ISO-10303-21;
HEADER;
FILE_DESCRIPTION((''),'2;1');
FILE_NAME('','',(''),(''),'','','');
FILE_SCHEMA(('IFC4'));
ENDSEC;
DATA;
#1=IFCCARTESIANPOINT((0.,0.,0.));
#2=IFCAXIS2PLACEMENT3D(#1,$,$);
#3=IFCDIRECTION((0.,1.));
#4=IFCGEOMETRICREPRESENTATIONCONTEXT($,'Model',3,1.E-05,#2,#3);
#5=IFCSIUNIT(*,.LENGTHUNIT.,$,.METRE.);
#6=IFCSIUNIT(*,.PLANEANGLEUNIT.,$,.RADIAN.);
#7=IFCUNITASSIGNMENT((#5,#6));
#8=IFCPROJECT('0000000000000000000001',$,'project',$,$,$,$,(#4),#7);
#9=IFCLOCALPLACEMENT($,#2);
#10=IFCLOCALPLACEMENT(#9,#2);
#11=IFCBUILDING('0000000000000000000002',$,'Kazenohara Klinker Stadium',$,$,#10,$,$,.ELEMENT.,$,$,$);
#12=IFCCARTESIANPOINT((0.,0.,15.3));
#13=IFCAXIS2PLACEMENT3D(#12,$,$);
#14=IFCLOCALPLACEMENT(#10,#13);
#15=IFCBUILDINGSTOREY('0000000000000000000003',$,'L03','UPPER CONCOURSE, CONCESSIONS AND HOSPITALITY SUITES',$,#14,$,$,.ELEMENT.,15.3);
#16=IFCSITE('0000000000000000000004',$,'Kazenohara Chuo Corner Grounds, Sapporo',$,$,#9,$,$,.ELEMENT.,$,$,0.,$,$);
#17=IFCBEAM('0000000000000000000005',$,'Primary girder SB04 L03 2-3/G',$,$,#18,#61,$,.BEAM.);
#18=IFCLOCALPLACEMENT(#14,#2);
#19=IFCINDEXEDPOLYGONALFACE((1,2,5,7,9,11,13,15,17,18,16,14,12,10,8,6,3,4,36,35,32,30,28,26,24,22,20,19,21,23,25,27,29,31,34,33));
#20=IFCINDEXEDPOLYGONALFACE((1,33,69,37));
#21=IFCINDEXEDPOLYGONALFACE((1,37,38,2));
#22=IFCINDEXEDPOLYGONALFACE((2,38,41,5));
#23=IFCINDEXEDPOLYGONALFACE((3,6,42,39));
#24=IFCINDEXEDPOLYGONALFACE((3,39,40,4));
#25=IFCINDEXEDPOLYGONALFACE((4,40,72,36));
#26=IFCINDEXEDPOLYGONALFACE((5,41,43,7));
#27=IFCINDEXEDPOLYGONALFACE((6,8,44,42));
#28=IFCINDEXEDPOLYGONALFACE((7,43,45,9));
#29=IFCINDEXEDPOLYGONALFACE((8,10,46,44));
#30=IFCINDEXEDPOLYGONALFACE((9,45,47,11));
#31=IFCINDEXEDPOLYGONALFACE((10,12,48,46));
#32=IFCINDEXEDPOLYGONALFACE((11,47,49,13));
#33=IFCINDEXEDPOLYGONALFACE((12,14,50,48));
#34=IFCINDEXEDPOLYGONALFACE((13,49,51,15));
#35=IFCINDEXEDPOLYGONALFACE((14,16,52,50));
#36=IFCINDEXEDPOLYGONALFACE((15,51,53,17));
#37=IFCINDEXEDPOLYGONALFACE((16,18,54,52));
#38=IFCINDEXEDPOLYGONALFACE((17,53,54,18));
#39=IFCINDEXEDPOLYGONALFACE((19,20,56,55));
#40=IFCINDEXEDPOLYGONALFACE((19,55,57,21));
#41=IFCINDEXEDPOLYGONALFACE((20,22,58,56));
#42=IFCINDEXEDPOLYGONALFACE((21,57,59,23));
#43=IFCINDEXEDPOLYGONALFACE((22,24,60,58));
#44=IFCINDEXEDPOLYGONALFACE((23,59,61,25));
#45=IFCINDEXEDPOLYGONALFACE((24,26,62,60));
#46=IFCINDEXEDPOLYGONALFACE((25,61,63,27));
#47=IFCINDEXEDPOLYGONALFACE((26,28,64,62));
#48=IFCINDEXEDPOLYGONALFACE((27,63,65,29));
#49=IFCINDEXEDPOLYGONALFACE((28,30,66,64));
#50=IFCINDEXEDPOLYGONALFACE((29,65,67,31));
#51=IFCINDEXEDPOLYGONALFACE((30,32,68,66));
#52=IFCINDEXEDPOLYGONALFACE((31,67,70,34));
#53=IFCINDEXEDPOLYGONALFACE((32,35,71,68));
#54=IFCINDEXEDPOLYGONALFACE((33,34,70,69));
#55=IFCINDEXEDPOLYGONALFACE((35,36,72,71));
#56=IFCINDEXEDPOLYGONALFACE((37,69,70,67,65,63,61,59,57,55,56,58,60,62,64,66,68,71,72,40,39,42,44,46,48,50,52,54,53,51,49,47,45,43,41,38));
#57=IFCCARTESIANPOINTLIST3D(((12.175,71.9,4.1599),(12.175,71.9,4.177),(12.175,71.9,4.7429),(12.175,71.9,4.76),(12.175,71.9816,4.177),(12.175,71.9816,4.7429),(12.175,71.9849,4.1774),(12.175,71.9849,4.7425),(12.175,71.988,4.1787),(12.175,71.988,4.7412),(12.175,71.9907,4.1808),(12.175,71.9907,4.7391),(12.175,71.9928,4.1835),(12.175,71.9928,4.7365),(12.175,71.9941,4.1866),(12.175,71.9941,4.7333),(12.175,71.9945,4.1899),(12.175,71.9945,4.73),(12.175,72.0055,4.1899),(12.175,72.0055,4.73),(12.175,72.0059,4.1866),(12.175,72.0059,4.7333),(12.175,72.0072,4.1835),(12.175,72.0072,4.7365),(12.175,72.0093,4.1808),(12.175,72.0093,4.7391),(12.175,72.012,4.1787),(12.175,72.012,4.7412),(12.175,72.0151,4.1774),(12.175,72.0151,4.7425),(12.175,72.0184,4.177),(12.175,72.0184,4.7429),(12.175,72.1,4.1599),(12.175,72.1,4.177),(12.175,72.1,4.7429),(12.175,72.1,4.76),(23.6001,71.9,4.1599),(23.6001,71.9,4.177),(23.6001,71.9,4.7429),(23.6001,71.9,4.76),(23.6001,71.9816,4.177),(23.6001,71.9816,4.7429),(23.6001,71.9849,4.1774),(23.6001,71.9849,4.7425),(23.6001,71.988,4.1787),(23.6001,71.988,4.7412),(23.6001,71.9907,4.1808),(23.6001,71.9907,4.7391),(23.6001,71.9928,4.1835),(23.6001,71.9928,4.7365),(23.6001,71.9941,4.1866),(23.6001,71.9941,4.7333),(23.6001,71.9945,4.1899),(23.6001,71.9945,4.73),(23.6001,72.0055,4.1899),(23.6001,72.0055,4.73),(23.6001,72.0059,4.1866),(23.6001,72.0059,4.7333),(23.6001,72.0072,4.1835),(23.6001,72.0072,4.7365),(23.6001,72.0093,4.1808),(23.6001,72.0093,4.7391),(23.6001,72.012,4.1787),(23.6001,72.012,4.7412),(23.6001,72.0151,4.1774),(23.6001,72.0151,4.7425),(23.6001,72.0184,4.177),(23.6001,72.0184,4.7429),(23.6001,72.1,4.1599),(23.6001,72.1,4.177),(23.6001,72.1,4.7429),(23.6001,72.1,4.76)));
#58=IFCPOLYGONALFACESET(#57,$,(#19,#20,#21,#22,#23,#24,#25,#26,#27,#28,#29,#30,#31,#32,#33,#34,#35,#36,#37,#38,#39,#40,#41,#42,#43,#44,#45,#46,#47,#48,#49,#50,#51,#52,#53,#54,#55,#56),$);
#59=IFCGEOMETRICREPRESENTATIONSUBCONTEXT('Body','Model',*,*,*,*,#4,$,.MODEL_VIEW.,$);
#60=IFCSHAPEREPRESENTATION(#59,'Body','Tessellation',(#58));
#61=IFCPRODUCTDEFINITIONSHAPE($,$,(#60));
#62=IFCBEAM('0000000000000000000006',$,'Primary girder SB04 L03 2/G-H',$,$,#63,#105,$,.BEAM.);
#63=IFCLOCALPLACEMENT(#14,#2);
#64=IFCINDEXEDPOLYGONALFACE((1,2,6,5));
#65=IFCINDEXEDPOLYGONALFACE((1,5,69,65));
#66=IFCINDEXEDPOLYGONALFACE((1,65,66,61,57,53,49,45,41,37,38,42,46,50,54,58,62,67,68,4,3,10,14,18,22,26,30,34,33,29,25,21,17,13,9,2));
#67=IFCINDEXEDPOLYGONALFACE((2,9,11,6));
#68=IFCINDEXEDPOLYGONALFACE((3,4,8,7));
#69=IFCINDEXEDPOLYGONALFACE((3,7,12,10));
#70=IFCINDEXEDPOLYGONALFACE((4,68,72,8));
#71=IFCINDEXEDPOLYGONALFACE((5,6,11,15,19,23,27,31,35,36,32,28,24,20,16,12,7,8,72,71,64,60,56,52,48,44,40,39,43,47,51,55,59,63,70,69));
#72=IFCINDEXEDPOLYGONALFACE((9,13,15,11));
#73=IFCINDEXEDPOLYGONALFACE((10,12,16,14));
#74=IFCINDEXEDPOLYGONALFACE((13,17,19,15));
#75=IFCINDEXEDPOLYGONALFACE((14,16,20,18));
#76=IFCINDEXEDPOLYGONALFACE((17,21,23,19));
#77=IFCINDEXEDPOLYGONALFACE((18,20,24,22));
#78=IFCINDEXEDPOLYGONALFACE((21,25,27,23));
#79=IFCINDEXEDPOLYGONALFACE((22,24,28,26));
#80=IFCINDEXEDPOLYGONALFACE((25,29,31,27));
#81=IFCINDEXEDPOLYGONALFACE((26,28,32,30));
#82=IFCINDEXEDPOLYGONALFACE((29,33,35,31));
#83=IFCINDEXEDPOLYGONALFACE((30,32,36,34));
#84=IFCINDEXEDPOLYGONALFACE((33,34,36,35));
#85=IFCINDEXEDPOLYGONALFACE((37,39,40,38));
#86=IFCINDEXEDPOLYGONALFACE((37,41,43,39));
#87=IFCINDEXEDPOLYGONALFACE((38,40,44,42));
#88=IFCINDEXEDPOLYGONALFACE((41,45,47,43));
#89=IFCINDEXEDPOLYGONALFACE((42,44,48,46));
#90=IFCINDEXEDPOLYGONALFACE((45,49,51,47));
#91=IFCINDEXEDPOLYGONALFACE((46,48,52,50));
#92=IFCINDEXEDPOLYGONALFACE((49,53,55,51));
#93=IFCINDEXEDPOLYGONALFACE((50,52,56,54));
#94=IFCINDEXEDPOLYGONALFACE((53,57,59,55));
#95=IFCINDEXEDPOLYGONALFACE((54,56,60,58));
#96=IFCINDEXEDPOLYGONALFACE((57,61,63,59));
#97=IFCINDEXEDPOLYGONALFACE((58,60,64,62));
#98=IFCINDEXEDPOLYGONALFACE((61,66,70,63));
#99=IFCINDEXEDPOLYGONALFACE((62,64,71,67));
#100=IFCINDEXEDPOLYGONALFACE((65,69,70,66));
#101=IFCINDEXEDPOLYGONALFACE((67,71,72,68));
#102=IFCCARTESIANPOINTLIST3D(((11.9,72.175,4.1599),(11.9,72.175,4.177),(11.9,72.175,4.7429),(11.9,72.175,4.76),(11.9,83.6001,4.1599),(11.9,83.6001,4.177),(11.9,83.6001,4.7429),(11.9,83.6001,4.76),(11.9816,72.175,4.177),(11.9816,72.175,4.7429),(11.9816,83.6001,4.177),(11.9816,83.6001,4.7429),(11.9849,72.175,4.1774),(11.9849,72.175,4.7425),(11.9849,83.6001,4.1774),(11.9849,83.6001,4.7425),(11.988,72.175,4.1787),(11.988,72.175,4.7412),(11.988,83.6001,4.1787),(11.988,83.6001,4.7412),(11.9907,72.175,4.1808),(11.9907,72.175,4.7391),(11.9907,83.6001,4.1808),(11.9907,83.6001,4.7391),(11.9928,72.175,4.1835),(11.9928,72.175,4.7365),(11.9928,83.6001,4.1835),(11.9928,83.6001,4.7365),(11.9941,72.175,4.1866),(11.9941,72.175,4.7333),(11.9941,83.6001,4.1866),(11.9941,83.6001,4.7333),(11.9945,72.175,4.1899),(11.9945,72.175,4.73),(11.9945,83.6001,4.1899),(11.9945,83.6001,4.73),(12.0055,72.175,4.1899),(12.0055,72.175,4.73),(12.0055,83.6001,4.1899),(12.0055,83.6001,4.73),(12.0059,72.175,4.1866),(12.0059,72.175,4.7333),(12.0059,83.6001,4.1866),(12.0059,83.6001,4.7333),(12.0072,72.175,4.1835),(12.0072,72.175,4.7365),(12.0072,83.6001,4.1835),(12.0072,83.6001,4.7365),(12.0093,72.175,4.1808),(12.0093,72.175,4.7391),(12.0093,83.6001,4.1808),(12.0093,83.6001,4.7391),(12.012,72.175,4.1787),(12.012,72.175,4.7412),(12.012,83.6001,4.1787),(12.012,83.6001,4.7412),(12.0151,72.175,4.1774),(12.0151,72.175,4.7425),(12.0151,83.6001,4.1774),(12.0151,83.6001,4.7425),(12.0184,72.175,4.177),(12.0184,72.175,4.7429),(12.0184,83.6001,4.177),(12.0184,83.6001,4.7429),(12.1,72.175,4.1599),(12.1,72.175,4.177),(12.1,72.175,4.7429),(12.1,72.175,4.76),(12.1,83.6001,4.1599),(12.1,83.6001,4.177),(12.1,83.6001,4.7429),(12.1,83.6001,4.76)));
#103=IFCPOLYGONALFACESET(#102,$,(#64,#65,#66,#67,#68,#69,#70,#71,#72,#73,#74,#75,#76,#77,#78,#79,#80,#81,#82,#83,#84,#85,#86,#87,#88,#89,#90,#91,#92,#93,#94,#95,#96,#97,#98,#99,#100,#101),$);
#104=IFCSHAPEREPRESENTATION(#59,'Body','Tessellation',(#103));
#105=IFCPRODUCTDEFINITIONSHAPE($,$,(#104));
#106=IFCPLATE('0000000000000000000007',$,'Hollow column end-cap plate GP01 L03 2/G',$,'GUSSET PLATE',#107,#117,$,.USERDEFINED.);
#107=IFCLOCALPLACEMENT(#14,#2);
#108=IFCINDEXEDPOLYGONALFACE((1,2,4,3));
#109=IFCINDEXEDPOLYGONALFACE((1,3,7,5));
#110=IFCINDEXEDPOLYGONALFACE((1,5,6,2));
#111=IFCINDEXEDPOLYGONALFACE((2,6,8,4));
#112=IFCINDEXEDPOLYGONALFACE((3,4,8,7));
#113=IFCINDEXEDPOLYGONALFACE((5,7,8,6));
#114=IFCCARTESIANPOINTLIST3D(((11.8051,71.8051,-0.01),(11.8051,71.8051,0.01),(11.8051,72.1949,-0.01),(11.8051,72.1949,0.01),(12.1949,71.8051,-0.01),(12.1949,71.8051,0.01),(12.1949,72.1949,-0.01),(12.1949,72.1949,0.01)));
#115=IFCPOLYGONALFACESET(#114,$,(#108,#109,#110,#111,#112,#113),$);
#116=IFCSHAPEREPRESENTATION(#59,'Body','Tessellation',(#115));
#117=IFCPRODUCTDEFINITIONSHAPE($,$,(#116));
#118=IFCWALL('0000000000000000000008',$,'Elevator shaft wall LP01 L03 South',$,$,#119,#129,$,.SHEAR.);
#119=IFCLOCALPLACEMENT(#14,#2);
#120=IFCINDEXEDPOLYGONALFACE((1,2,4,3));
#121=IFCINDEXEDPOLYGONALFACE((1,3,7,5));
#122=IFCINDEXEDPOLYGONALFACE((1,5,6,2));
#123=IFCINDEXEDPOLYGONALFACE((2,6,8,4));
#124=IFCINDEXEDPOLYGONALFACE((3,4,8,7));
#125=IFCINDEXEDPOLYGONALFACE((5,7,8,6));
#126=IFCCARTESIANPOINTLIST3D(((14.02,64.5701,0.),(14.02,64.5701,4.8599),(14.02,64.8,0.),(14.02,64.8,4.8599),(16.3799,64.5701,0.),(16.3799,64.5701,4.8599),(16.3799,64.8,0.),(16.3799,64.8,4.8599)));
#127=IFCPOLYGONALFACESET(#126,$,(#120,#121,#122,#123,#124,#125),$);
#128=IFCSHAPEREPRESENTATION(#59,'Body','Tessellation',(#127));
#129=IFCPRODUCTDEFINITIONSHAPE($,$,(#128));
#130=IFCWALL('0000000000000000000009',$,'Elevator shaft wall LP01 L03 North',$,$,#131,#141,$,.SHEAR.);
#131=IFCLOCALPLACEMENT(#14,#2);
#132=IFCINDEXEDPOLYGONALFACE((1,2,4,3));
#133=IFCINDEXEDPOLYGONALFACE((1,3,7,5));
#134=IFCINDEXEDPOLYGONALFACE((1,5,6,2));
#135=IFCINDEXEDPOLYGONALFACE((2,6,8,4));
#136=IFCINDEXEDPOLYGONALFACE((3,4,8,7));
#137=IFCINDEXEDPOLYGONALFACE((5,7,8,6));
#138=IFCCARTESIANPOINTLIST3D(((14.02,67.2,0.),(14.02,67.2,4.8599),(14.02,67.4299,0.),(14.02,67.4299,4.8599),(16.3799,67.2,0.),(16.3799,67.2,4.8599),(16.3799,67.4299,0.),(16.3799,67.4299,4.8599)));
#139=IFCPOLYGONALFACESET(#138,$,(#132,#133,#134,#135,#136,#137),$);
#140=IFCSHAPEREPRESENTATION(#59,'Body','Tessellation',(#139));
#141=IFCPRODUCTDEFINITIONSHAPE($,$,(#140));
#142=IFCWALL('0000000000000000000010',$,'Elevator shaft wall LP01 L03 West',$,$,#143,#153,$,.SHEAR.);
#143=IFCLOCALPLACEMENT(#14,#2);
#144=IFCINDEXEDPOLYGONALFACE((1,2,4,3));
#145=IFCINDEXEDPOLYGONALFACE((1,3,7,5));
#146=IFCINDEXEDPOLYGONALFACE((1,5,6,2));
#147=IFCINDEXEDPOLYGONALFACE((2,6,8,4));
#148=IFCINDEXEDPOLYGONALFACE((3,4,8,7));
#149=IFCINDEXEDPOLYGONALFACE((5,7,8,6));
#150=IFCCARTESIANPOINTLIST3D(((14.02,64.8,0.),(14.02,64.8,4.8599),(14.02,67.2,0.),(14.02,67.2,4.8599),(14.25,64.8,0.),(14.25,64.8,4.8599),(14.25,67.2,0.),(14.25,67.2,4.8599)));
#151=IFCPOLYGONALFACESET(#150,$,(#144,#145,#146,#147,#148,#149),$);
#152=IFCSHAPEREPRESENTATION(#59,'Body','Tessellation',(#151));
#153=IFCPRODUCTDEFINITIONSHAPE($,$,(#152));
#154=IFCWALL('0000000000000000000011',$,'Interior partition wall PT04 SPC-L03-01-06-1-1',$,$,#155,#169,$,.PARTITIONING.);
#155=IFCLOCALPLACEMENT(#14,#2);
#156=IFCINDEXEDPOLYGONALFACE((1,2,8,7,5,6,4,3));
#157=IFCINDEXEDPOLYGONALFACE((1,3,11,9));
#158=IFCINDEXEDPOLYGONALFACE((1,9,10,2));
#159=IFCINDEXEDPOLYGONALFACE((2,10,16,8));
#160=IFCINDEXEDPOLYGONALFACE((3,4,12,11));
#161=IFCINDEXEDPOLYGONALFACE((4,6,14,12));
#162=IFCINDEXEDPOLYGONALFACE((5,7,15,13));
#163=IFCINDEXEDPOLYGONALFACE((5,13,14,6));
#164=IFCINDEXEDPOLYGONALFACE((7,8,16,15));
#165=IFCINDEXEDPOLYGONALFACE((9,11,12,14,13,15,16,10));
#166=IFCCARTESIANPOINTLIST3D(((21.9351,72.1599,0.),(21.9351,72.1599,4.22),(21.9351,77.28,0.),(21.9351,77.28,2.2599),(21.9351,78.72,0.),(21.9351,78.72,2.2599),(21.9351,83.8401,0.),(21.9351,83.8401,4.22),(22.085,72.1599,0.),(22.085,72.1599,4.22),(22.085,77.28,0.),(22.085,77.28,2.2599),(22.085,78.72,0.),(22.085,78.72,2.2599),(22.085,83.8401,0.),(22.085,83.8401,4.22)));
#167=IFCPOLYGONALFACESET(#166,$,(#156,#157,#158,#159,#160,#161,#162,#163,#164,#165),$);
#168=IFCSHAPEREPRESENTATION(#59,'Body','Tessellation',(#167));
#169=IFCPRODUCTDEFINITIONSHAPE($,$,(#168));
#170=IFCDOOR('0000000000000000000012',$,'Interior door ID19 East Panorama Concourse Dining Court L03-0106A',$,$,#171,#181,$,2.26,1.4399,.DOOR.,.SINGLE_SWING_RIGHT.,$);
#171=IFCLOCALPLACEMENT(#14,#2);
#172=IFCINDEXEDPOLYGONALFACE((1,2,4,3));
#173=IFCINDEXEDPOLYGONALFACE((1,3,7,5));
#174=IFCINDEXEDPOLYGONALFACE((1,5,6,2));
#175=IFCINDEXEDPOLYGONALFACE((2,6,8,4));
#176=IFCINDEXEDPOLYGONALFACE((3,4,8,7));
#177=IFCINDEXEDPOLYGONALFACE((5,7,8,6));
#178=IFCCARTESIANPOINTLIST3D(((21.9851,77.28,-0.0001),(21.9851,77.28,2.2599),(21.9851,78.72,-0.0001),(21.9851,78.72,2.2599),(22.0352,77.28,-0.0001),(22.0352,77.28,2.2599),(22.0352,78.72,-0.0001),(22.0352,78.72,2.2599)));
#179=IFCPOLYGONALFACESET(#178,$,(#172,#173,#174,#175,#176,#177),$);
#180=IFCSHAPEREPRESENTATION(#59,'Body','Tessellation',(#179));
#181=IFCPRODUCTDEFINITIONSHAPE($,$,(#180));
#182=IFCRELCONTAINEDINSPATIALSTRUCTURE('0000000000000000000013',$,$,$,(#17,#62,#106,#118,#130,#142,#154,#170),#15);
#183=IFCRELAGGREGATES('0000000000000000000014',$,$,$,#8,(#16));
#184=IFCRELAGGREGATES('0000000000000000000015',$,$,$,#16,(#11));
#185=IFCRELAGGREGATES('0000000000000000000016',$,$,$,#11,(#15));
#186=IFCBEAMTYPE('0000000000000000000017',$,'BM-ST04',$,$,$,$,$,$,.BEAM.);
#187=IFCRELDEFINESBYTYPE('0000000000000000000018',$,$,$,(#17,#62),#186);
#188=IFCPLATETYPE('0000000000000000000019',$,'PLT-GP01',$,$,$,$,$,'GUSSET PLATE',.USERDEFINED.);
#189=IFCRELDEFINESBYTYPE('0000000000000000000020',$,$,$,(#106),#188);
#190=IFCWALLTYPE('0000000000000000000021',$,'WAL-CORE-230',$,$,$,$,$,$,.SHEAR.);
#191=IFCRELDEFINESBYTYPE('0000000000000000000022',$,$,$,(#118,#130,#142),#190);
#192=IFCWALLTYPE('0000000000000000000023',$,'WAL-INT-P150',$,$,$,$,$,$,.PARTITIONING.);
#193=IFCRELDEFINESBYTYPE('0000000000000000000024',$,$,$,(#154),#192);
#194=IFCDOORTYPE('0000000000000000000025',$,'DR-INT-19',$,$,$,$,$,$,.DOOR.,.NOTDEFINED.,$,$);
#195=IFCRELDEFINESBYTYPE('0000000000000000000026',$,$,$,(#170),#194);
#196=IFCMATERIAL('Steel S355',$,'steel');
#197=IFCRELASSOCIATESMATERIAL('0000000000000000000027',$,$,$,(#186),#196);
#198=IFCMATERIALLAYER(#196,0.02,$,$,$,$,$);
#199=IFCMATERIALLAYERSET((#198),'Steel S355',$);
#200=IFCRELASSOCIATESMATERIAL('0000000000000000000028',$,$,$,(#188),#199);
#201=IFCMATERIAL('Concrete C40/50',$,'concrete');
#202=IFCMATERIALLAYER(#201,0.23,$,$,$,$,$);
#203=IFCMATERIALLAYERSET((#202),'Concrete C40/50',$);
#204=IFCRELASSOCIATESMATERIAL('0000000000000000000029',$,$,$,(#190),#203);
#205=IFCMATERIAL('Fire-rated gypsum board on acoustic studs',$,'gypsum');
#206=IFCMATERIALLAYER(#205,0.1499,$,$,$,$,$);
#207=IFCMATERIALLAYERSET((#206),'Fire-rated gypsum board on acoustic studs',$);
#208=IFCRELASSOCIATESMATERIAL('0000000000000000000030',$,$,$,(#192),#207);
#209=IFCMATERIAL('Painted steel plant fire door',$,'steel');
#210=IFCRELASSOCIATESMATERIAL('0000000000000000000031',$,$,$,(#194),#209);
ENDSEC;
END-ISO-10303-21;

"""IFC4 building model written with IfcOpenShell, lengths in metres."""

from ifc_helpers import new_model, si_unit, direction, frame, frame_2d, origin, origin_2d, place, context, subcontext, project, spatial, rectangle, i_section, extrude, material, layer, layer_set, material_profile, profile_set, type_object, element, fill, save


model = new_model("IFC4")

# Units and contexts
model_context = context("Model", 3, precision=1e-05, world=origin(), true_north=direction((0.0, 1.0)))
body_context = subcontext(model_context, "Body", "Model", "MODEL_VIEW")
ifc_project = project(units=[si_unit("LENGTHUNIT", "METRE"), si_unit("PLANEANGLEUNIT", "RADIAN")], contexts=[model_context])

# Site, building, storey
site_placement = place(None, origin())
site = spatial("IfcSite", under=ifc_project, at=site_placement, Name="Kazenohara Chuo Corner Grounds, Sapporo", CompositionType="ELEMENT", RefElevation=0.0)
building_placement = place(site_placement, origin())
building = spatial("IfcBuilding", under=site, at=building_placement, Name="Kazenohara Klinker Stadium", CompositionType="ELEMENT")
storey_placement = place(building_placement, frame((0.0, 0.0, 15.3)))
storey = spatial("IfcBuildingStorey", under=building, at=storey_placement, Name="L03", Description="UPPER CONCOURSE, CONCESSIONS AND HOSPITALITY SUITES", CompositionType="ELEMENT", Elevation=15.3)

# Shared definitions
ifc_material_1 = material(Name="Steel S355", Category="steel")

# Beams
ifc_material_profile_1 = material_profile(ifc_material_1, i_section(OverallWidth=0.2, OverallDepth=0.6001, WebThickness=0.011, FlangeThickness=0.0171, FilletRadius=0.0129, at=origin_2d()), Name="H-600x200x11x17")
ifc_profile_set_1 = profile_set([ifc_material_profile_1], Name="Steel S355")
beam_type_1 = type_object("IfcBeamType", Name="BM-ST04", PredefinedType="BEAM", material=ifc_profile_set_1)
for number, where, z_axis, x_axis, name in (
    (1, (12.175, 72.0, 4.46), (1.0, 0.0, 0.0), (0.0, 1.0, 0.0), "Primary girder SB04 L03 2-3/G"),
    (2, (12.0, 72.175, 4.46), (0.0, 1.0, 0.0), (-1.0, 0.0, 0.0), "Primary girder SB04 L03 2/G-H"),
):
    element("IfcBeam", number, at=place(storey_placement, frame(where, z_axis=z_axis, x_axis=x_axis)), inside=storey, type_object=beam_type_1, Name=name, PredefinedType="BEAM", context=body_context, shape_type="SweptSolid", body=[
        extrude(i_section(OverallWidth=0.2, OverallDepth=0.6001, WebThickness=0.011, FlangeThickness=0.0171, FilletRadius=0.0129, at=origin_2d()), origin(), (0.0, 0.0, 1.0), 11.425),
    ])

# Plate
ifc_layer_1 = layer(ifc_material_1, 0.02)
ifc_layer_set_1 = layer_set([ifc_layer_1], Name="Steel S355")
plate_type = type_object("IfcPlateType", Name="PLT-GP01", ElementType="GUSSET PLATE", PredefinedType="USERDEFINED", material=ifc_layer_set_1)
plate_placement = place(storey_placement, frame((12.0, 72.0, -0.01), z_axis=(0.0, 0.0, 1.0), x_axis=(1.0, 0.0, 0.0)))
element("IfcPlate", 3, at=plate_placement, inside=storey, type_object=plate_type, Name="Hollow column end-cap plate GP01 L03 2/G", ObjectType="GUSSET PLATE", PredefinedType="USERDEFINED", context=body_context, shape_type="SweptSolid", body=[
    extrude(rectangle(XDim=0.3899, YDim=0.3899, at=origin_2d()), origin(), (0.0, 0.0, 1.0), 0.02),
])

# Walls
ifc_material_2 = material(Name="Concrete C40/50", Category="concrete")
ifc_layer_2 = layer(ifc_material_2, 0.23)
ifc_layer_set_2 = layer_set([ifc_layer_2], Name="Concrete C40/50")
wall_type_1 = type_object("IfcWallType", Name="WAL-CORE-230", PredefinedType="SHEAR", material=ifc_layer_set_2)
for number, where, z_axis, x_axis, name in (
    (4, (14.02, 64.6851, 0.0), (0.0, 0.0, 1.0), (1.0, 0.0, 0.0), "Elevator shaft wall LP01 L03 South"),
    (5, (14.02, 67.3149, 0.0), (0.0, 0.0, 1.0), (1.0, 0.0, 0.0), "Elevator shaft wall LP01 L03 North"),
):
    element("IfcWall", number, at=place(storey_placement, frame(where, z_axis=z_axis, x_axis=x_axis)), inside=storey, type_object=wall_type_1, Name=name, PredefinedType="SHEAR", context=body_context, shape_type="SweptSolid", body=[
        extrude(rectangle(XDim=2.3599, YDim=0.23, at=frame_2d((1.1799, 0.0))), origin(), (0.0, 0.0, 1.0), 4.8599),
    ])
wall_1_placement = place(storey_placement, frame((14.135, 64.8, 0.0), z_axis=(0.0, 0.0, 1.0), x_axis=(0.0, 1.0, 0.0)))
element("IfcWall", 6, at=wall_1_placement, inside=storey, type_object=wall_type_1, Name="Elevator shaft wall LP01 L03 West", PredefinedType="SHEAR", context=body_context, shape_type="SweptSolid", body=[
    extrude(rectangle(XDim=2.3999, YDim=0.23, at=frame_2d((1.2, 0.0))), origin(), (0.0, 0.0, 1.0), 4.8599),
])

# Wall, opening, door
ifc_material_3 = material(Name="Fire-rated gypsum board on acoustic studs", Category="gypsum")
ifc_layer_3 = layer(ifc_material_3, 0.1499)
ifc_layer_set_3 = layer_set([ifc_layer_3], Name="Fire-rated gypsum board on acoustic studs")
wall_type_2 = type_object("IfcWallType", Name="WAL-INT-P150", PredefinedType="PARTITIONING", material=ifc_layer_set_3)
wall_2_placement = place(storey_placement, frame((22.01, 72.1599, 0.0), z_axis=(0.0, 0.0, 1.0), x_axis=(0.0, 1.0, 0.0)))
wall_2 = element("IfcWall", 7, at=wall_2_placement, inside=storey, type_object=wall_type_2, Name="Interior partition wall PT04 SPC-L03-01-06-1-1", PredefinedType="PARTITIONING", context=body_context, shape_type="SweptSolid", body=[
    extrude(rectangle(XDim=11.6802, YDim=0.1499, at=frame_2d((5.8401, 0.0))), origin(), (0.0, 0.0, 1.0), 4.22),
])
opening_1_placement = place(wall_2_placement, frame((5.1201, 0.0, 0.0)))
opening_1 = element("IfcOpeningElement", 8, at=opening_1_placement, cuts=wall_2, PredefinedType="OPENING", context=body_context, shape_type="SweptSolid", body=[
    extrude(rectangle(XDim=1.4399, YDim=2.26, at=frame_2d((0.72, 1.1299))), frame((0.0, 0.085, 0.0), z_axis=(0.0, -1.0, 0.0), x_axis=(1.0, 0.0, 0.0)), (0.0, 0.0, 1.0), 0.1699),
])
ifc_material_4 = material(Name="Painted steel plant fire door", Category="steel")
door_type_1 = type_object("IfcDoorType", Name="DR-INT-19", OperationType="NOTDEFINED", PredefinedType="DOOR", material=ifc_material_4)
door_1_placement = place(opening_1_placement, origin())
door_1 = element("IfcDoor", 9, at=door_1_placement, inside=storey, type_object=door_type_1, Name="Interior door ID19 East Panorama Concourse Dining Court L03-0106A", OperationType="SINGLE_SWING_RIGHT", OverallHeight=2.26, OverallWidth=1.4399, PredefinedType="DOOR", context=body_context, shape_type="SweptSolid", body=[
    extrude(rectangle(XDim=1.4399, YDim=2.26, at=frame_2d((0.72, 1.1299))), frame((0.0, 0.0249, 0.0), z_axis=(0.0, -1.0, 0.0), x_axis=(1.0, 0.0, 0.0)), (0.0, 0.0, 1.0), 0.05),
])
fill(opening_1, door_1)

save(model, "model.ifc")
